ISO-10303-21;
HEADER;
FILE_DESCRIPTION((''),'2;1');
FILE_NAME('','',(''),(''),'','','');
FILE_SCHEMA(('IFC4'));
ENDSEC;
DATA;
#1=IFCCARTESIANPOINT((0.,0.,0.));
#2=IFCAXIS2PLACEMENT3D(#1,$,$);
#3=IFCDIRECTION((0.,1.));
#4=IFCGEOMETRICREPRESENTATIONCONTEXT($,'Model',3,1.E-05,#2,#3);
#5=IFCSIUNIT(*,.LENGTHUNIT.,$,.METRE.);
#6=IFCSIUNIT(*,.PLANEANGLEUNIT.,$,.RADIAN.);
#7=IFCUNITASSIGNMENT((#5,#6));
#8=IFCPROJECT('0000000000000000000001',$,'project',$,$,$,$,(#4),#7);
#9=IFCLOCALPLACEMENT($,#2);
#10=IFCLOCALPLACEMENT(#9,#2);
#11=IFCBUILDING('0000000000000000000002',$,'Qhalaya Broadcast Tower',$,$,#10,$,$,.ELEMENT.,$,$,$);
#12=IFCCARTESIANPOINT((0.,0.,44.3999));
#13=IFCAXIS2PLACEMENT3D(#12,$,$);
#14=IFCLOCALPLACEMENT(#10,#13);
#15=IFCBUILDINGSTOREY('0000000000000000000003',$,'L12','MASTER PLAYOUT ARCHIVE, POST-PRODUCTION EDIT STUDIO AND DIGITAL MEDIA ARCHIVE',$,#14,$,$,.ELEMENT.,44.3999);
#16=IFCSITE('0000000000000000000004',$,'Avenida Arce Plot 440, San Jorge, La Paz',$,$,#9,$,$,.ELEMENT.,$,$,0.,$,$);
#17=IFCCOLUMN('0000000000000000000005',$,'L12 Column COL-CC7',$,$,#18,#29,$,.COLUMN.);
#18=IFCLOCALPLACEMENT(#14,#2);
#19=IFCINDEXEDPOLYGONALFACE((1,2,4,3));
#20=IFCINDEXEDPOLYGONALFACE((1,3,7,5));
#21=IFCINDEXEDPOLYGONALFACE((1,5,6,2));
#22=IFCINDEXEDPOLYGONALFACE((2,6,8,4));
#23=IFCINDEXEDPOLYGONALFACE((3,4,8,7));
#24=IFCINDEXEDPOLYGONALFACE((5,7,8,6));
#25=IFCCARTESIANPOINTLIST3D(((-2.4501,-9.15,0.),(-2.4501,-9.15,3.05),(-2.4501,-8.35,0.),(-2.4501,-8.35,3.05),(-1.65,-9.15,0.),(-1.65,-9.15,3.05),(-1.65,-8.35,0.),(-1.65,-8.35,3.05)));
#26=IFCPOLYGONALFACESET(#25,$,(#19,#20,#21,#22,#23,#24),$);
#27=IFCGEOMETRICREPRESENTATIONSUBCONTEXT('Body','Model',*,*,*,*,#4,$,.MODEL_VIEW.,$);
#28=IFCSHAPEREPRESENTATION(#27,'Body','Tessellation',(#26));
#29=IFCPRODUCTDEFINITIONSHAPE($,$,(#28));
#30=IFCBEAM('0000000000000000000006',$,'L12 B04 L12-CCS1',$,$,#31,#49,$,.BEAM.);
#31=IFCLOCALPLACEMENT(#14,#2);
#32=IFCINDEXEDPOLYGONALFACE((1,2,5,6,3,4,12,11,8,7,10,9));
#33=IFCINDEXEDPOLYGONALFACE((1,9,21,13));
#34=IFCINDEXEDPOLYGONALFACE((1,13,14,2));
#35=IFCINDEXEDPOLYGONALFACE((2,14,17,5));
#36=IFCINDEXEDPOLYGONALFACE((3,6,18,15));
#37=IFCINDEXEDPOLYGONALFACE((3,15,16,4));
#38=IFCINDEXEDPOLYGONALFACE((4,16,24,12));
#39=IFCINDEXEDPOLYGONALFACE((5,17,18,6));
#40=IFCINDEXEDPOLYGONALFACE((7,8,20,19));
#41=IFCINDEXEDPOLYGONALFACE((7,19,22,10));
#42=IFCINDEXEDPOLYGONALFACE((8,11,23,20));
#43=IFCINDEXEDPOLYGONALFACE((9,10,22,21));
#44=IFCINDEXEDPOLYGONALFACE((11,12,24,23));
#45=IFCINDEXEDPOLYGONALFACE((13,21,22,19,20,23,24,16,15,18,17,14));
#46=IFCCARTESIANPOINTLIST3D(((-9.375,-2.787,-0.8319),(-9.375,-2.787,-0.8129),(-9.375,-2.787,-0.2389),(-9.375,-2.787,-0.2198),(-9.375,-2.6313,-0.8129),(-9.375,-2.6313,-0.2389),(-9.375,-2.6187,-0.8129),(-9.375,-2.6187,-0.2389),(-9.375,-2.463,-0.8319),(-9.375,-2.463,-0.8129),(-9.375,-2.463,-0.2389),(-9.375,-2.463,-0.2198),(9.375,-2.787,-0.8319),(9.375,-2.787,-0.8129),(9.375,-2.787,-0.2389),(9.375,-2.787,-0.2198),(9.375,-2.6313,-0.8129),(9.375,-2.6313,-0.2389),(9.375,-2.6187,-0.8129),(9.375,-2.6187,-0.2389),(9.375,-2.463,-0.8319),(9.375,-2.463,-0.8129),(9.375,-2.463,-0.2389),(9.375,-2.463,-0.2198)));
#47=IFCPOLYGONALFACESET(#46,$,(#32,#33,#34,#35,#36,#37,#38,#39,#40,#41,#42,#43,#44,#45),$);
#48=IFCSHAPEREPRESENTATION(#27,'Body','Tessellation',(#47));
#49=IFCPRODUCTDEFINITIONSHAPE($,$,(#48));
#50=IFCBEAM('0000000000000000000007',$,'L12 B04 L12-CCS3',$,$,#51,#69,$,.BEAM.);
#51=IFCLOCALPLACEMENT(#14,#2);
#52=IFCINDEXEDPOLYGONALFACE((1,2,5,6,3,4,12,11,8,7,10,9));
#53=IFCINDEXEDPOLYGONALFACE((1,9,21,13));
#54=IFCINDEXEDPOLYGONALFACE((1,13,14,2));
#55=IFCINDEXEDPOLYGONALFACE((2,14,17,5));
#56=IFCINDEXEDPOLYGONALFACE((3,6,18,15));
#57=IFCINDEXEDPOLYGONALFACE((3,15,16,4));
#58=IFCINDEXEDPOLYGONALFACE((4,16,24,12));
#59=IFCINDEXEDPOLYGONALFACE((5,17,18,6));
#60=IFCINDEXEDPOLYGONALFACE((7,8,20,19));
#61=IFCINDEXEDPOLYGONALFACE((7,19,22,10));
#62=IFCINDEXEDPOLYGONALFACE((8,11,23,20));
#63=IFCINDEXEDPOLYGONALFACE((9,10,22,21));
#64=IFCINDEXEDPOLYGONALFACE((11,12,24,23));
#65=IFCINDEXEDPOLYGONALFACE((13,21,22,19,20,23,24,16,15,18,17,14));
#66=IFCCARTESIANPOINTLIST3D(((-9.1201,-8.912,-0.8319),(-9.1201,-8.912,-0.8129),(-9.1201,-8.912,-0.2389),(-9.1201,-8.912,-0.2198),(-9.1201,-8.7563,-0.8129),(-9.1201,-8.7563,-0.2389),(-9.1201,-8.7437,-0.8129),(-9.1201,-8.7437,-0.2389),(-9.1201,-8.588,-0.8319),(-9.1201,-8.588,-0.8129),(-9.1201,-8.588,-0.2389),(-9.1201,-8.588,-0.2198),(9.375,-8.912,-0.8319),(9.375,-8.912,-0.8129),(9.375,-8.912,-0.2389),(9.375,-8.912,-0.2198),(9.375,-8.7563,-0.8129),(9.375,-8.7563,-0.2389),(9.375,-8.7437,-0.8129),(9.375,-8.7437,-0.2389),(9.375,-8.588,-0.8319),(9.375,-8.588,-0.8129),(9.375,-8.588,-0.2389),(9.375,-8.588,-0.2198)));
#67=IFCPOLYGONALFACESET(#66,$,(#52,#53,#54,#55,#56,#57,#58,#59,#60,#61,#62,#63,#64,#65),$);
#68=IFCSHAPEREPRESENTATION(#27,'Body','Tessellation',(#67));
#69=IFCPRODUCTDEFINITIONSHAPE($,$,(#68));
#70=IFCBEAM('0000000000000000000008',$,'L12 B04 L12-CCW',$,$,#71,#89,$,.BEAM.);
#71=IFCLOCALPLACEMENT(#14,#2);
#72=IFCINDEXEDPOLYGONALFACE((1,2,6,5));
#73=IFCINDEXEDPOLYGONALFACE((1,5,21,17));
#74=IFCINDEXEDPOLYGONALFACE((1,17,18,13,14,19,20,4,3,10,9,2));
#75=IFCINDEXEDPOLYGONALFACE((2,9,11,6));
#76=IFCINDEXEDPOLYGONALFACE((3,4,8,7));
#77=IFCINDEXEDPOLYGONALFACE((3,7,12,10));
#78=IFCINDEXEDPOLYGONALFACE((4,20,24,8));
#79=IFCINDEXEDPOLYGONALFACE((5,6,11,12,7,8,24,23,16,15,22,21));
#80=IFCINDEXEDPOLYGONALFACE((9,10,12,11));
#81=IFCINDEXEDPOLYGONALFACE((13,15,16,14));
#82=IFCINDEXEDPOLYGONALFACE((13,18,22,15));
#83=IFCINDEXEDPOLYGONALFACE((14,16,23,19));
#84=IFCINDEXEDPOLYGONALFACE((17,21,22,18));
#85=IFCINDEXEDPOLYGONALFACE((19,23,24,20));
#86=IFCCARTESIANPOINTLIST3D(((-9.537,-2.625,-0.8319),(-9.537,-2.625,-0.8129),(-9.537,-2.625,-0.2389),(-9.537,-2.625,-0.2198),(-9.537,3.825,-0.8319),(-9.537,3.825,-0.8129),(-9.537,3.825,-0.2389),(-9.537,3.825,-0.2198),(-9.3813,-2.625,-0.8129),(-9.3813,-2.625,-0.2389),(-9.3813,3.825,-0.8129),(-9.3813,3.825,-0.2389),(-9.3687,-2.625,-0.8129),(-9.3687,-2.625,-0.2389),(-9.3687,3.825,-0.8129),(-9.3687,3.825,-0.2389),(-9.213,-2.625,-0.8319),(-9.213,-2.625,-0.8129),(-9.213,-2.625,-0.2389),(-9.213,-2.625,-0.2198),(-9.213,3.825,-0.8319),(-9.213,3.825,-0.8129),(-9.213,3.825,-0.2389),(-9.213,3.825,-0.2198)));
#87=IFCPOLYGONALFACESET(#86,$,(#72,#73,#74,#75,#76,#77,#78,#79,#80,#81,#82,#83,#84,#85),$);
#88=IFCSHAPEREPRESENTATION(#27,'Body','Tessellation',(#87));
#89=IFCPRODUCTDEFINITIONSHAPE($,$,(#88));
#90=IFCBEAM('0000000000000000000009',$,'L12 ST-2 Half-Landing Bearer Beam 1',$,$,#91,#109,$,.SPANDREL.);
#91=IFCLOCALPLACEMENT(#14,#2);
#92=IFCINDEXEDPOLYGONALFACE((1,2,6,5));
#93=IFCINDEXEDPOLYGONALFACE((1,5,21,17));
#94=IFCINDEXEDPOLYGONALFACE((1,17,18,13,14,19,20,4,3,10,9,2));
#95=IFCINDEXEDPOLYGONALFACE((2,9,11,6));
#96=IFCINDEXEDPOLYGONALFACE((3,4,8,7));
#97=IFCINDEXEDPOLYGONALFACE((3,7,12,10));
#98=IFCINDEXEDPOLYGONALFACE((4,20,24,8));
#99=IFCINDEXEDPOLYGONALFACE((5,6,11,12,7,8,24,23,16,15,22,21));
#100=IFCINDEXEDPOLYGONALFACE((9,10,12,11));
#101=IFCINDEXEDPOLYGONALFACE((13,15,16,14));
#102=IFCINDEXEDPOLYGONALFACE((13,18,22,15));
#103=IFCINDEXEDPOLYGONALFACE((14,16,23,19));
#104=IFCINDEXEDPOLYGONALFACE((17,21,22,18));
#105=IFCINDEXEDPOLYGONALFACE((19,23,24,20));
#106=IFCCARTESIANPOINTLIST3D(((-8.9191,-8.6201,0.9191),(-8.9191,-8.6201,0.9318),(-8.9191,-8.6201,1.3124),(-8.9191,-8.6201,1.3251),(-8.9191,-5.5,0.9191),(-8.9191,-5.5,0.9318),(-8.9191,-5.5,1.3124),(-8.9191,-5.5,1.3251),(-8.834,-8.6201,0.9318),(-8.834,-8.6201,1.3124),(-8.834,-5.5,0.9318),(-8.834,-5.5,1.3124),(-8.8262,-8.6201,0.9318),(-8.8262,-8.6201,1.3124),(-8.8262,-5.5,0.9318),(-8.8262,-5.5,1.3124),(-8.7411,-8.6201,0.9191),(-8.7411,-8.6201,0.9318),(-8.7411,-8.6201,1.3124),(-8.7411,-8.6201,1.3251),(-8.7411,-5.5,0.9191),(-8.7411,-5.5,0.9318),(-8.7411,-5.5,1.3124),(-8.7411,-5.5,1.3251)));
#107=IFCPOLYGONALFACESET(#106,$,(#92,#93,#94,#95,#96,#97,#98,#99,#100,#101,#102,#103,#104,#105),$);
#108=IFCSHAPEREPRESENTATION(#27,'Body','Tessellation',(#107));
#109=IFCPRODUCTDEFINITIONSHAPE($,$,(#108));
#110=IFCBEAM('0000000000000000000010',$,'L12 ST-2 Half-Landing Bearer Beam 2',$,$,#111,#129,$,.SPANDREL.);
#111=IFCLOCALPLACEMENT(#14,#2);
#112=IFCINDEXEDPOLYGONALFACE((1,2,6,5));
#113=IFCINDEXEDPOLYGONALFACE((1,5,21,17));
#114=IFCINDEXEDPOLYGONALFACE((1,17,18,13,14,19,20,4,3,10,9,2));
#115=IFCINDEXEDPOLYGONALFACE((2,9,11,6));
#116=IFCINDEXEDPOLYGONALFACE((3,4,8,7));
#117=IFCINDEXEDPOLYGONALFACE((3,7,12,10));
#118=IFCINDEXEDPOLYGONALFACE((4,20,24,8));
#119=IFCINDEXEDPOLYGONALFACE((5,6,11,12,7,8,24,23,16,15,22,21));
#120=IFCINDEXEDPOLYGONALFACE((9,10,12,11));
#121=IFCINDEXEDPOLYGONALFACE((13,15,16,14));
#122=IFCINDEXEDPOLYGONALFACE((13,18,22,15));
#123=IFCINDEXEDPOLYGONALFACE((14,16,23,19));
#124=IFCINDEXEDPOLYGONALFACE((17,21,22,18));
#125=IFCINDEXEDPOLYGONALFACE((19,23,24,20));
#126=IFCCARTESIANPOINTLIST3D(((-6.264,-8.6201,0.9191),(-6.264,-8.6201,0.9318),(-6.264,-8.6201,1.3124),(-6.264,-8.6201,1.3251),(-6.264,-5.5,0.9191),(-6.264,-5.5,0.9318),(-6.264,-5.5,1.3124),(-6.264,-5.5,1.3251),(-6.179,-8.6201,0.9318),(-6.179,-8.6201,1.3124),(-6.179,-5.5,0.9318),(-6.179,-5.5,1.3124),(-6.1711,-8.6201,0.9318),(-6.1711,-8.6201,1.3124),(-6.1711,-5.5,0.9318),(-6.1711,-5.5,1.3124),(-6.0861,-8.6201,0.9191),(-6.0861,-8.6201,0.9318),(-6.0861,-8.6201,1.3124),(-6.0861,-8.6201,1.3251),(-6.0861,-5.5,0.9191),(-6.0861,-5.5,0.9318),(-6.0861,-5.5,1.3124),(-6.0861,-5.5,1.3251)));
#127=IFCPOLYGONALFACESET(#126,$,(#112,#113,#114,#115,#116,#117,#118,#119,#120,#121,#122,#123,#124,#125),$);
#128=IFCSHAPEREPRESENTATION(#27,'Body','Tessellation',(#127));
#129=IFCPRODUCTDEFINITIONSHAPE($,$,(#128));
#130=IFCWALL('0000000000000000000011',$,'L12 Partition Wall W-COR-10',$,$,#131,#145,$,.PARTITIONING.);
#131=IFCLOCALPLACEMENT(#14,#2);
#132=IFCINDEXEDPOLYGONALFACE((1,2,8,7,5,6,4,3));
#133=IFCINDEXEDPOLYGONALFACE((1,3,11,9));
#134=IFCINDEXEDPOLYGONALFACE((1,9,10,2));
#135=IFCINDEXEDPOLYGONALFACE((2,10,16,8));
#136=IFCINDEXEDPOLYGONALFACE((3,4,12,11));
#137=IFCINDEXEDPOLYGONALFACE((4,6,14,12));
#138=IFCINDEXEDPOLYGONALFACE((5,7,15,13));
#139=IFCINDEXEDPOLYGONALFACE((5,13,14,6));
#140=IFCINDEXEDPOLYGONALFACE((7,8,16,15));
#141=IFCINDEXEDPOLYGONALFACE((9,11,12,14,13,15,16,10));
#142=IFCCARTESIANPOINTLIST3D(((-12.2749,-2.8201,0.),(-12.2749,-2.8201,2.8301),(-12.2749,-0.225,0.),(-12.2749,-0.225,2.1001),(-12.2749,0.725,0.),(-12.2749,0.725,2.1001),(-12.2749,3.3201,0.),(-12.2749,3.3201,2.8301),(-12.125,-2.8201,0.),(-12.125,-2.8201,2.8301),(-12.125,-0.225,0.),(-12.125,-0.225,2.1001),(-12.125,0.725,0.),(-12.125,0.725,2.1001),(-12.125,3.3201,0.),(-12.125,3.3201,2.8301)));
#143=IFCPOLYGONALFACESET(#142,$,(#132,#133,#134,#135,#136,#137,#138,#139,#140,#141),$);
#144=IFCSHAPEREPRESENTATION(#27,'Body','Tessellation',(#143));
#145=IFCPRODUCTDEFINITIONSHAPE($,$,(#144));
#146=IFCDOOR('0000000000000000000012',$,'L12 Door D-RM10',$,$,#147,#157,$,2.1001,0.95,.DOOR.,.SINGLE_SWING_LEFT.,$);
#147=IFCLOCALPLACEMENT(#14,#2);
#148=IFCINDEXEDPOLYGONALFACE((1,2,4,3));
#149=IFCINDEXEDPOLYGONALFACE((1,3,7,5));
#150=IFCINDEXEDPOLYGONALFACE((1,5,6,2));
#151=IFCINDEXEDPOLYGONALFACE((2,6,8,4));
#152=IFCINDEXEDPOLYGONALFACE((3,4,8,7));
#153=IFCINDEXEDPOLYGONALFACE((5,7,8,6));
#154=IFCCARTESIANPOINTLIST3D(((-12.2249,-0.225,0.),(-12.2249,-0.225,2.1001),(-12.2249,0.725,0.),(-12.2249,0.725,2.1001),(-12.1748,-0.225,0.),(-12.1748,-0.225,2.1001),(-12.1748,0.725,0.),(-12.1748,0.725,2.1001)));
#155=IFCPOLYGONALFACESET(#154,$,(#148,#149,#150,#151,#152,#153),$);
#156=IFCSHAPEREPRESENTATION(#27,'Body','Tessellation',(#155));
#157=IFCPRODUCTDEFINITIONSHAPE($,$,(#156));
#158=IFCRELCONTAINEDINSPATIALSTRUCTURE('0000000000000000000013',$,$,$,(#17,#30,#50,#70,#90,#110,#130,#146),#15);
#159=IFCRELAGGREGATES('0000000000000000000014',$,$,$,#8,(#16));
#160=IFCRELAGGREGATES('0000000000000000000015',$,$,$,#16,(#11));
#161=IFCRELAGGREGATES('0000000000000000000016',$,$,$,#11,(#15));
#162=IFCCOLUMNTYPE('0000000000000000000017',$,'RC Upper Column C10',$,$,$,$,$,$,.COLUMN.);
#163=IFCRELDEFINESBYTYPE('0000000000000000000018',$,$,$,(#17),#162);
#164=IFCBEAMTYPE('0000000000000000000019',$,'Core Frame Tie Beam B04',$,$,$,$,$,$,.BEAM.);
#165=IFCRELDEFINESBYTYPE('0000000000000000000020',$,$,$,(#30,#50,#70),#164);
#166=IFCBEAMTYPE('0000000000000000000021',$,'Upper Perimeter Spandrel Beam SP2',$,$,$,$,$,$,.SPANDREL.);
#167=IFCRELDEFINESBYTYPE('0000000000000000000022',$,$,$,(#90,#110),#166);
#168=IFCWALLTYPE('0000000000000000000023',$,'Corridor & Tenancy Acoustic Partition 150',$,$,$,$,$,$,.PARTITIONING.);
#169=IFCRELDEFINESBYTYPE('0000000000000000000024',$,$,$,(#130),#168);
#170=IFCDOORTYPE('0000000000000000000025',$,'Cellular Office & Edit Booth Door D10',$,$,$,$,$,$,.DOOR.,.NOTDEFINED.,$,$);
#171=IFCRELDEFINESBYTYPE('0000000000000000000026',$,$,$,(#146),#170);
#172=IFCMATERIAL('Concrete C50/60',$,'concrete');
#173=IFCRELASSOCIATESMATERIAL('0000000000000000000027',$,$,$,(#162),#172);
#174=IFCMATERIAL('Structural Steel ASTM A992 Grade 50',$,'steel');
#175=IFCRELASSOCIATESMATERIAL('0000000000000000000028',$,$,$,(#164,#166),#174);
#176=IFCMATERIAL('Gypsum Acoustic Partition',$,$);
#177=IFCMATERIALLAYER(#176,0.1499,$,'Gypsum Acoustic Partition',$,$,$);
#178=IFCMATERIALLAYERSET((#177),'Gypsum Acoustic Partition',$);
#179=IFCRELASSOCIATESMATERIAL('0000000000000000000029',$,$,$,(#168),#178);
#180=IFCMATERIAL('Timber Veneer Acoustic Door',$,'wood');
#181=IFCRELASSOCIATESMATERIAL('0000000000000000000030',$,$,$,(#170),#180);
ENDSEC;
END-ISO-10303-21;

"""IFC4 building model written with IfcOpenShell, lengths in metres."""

from ifc_helpers import new_model, si_unit, direction, frame, frame_2d, origin, origin_2d, place, context, subcontext, project, spatial, rectangle, i_section, extrude, material, layer, layer_set, material_profile, profile_set, type_object, element, fill, save


model = new_model("IFC4")

# Units and contexts
model_context = context("Model", 3, precision=1e-05, world=origin(), true_north=direction((0.0, 1.0)))
body_context = subcontext(model_context, "Body", "Model", "MODEL_VIEW")
ifc_project = project(units=[si_unit("LENGTHUNIT", "METRE"), si_unit("PLANEANGLEUNIT", "RADIAN")], contexts=[model_context])

# Site, building, storey
site_placement = place(None, origin())
site = spatial("IfcSite", under=ifc_project, at=site_placement, Name="Avenida Arce Plot 440, San Jorge, La Paz", CompositionType="ELEMENT", RefElevation=0.0)
building_placement = place(site_placement, origin())
building = spatial("IfcBuilding", under=site, at=building_placement, Name="Qhalaya Broadcast Tower", CompositionType="ELEMENT")
storey_placement = place(building_placement, frame((0.0, 0.0, 44.3999)))
storey = spatial("IfcBuildingStorey", under=building, at=storey_placement, Name="L12", Description="MASTER PLAYOUT ARCHIVE, POST-PRODUCTION EDIT STUDIO AND DIGITAL MEDIA ARCHIVE", CompositionType="ELEMENT", Elevation=44.3999)

# Column
ifc_material_1 = material(Name="Concrete C50/60", Category="concrete")
ifc_material_profile_1 = material_profile(ifc_material_1, rectangle(XDim=0.8, YDim=0.8, at=origin_2d()), Name="RC-COL 800x800")
ifc_profile_set_1 = profile_set([ifc_material_profile_1], Name="Concrete C50/60")
column_type = type_object("IfcColumnType", Name="RC Upper Column C10", PredefinedType="COLUMN", material=ifc_profile_set_1)
column_placement = place(storey_placement, frame((-2.05, -8.75, 0.0), z_axis=(0.0, 0.0, 1.0), x_axis=(1.0, 0.0, 0.0)))
element("IfcColumn", 1, at=column_placement, inside=storey, type_object=column_type, Name="L12 Column COL-CC7", PredefinedType="COLUMN", context=body_context, shape_type="SweptSolid", body=[
    extrude(rectangle(XDim=0.8, YDim=0.8, at=origin_2d()), origin(), (0.0, 0.0, 1.0), 3.05),
])

# Beams
ifc_material_2 = material(Name="Structural Steel ASTM A992 Grade 50", Category="steel")
ifc_material_profile_2 = material_profile(ifc_material_2, i_section(OverallWidth=0.324, OverallDepth=0.6121, WebThickness=0.0127, FlangeThickness=0.019, at=origin_2d()), Name="W24X104")
ifc_profile_set_2 = profile_set([ifc_material_profile_2], Name="Structural Steel ASTM A992 Grade 50")
beam_type_1 = type_object("IfcBeamType", Name="Core Frame Tie Beam B04", PredefinedType="BEAM", material=ifc_profile_set_2)
beam_1_placement = place(storey_placement, frame((-9.375, -2.625, -0.5259), z_axis=(1.0, 0.0, 0.0), x_axis=(0.0, 1.0, 0.0)))
element("IfcBeam", 2, at=beam_1_placement, inside=storey, type_object=beam_type_1, Name="L12 B04 L12-CCS1", PredefinedType="BEAM", context=body_context, shape_type="SweptSolid", body=[
    extrude(i_section(OverallWidth=0.324, OverallDepth=0.6121, WebThickness=0.0127, FlangeThickness=0.019, at=origin_2d()), origin(), (0.0, 0.0, 1.0), 18.75),
])
beam_2_placement = place(storey_placement, frame((-9.1201, -8.75, -0.5259), z_axis=(1.0, 0.0, 0.0), x_axis=(0.0, 1.0, 0.0)))
element("IfcBeam", 3, at=beam_2_placement, inside=storey, type_object=beam_type_1, Name="L12 B04 L12-CCS3", PredefinedType="BEAM", context=body_context, shape_type="SweptSolid", body=[
    extrude(i_section(OverallWidth=0.324, OverallDepth=0.6121, WebThickness=0.0127, FlangeThickness=0.019, at=origin_2d()), origin(), (0.0, 0.0, 1.0), 18.4951),
])
beam_3_placement = place(storey_placement, frame((-9.375, -2.625, -0.5259), z_axis=(0.0, 1.0, 0.0), x_axis=(-1.0, 0.0, 0.0)))
element("IfcBeam", 4, at=beam_3_placement, inside=storey, type_object=beam_type_1, Name="L12 B04 L12-CCW", PredefinedType="BEAM", context=body_context, shape_type="SweptSolid", body=[
    extrude(i_section(OverallWidth=0.324, OverallDepth=0.6121, WebThickness=0.0127, FlangeThickness=0.019, at=origin_2d()), origin(), (0.0, 0.0, 1.0), 6.45),
])
ifc_material_profile_3 = material_profile(ifc_material_2, i_section(OverallWidth=0.178, OverallDepth=0.406, WebThickness=0.0078, FlangeThickness=0.0127, at=origin_2d()), Name="W16X40")
ifc_profile_set_3 = profile_set([ifc_material_profile_3], Name="Structural Steel ASTM A992 Grade 50")
beam_type_2 = type_object("IfcBeamType", Name="Upper Perimeter Spandrel Beam SP2", PredefinedType="SPANDREL", material=ifc_profile_set_3)
for number, where, z_axis, x_axis, name in (
    (5, (-8.8301, -8.6201, 1.1221), (0.0, 1.0, 0.0), (-1.0, 0.0, 0.0), "L12 ST-2 Half-Landing Bearer Beam 1"),
    (6, (-6.175, -8.6201, 1.1221), (0.0, 1.0, 0.0), (-1.0, 0.0, 0.0), "L12 ST-2 Half-Landing Bearer Beam 2"),
):
    element("IfcBeam", number, at=place(storey_placement, frame(where, z_axis=z_axis, x_axis=x_axis)), inside=storey, type_object=beam_type_2, Name=name, PredefinedType="SPANDREL", context=body_context, shape_type="SweptSolid", body=[
        extrude(i_section(OverallWidth=0.178, OverallDepth=0.406, WebThickness=0.0078, FlangeThickness=0.0127, at=origin_2d()), origin(), (0.0, 0.0, 1.0), 3.1201),
    ])

# Wall, opening, door
ifc_material_3 = material(Name="Gypsum Acoustic Partition")
ifc_layer_1 = layer(ifc_material_3, 0.1499, Name="Gypsum Acoustic Partition")
ifc_layer_set_1 = layer_set([ifc_layer_1], Name="Gypsum Acoustic Partition")
wall_type_1 = type_object("IfcWallType", Name="Corridor & Tenancy Acoustic Partition 150", PredefinedType="PARTITIONING", material=ifc_layer_set_1)
wall_1_placement = place(storey_placement, frame((-12.2, -2.8201, 0.0), z_axis=(0.0, 0.0, 1.0), x_axis=(0.0, 1.0, 0.0)))
wall_1 = element("IfcWall", 7, at=wall_1_placement, inside=storey, type_object=wall_type_1, Name="L12 Partition Wall W-COR-10", PredefinedType="PARTITIONING", context=body_context, shape_type="SweptSolid", body=[
    extrude(rectangle(XDim=6.1401, YDim=0.1499, at=frame_2d((3.0701, 0.0))), origin(), (0.0, 0.0, 1.0), 2.8301),
])
opening_1_placement = place(wall_1_placement, frame((2.595, 0.0, 0.0)))
opening_1 = element("IfcOpeningElement", 8, at=opening_1_placement, cuts=wall_1, PredefinedType="OPENING", context=body_context, shape_type="SweptSolid", body=[
    extrude(rectangle(XDim=0.95, YDim=2.1001, at=frame_2d((0.4751, 1.05))), frame((0.0, 0.0869, 0.0), z_axis=(0.0, -1.0, 0.0), x_axis=(1.0, 0.0, 0.0)), (0.0, 0.0, 1.0), 0.1738),
])
ifc_material_4 = material(Name="Timber Veneer Acoustic Door", Category="wood")
door_type_1 = type_object("IfcDoorType", Name="Cellular Office & Edit Booth Door D10", OperationType="NOTDEFINED", PredefinedType="DOOR", material=ifc_material_4)
door_1_placement = place(opening_1_placement, origin())
door_1 = element("IfcDoor", 9, at=door_1_placement, inside=storey, type_object=door_type_1, Name="L12 Door D-RM10", OperationType="SINGLE_SWING_LEFT", OverallHeight=2.1001, OverallWidth=0.95, PredefinedType="DOOR", context=body_context, shape_type="SweptSolid", body=[
    extrude(rectangle(XDim=0.95, YDim=2.1001, at=frame_2d((0.4751, 1.05))), frame((0.0, 0.0249, 0.0), z_axis=(0.0, -1.0, 0.0), x_axis=(1.0, 0.0, 0.0)), (0.0, 0.0, 1.0), 0.05),
])
fill(opening_1, door_1)

save(model, "model.ifc")
